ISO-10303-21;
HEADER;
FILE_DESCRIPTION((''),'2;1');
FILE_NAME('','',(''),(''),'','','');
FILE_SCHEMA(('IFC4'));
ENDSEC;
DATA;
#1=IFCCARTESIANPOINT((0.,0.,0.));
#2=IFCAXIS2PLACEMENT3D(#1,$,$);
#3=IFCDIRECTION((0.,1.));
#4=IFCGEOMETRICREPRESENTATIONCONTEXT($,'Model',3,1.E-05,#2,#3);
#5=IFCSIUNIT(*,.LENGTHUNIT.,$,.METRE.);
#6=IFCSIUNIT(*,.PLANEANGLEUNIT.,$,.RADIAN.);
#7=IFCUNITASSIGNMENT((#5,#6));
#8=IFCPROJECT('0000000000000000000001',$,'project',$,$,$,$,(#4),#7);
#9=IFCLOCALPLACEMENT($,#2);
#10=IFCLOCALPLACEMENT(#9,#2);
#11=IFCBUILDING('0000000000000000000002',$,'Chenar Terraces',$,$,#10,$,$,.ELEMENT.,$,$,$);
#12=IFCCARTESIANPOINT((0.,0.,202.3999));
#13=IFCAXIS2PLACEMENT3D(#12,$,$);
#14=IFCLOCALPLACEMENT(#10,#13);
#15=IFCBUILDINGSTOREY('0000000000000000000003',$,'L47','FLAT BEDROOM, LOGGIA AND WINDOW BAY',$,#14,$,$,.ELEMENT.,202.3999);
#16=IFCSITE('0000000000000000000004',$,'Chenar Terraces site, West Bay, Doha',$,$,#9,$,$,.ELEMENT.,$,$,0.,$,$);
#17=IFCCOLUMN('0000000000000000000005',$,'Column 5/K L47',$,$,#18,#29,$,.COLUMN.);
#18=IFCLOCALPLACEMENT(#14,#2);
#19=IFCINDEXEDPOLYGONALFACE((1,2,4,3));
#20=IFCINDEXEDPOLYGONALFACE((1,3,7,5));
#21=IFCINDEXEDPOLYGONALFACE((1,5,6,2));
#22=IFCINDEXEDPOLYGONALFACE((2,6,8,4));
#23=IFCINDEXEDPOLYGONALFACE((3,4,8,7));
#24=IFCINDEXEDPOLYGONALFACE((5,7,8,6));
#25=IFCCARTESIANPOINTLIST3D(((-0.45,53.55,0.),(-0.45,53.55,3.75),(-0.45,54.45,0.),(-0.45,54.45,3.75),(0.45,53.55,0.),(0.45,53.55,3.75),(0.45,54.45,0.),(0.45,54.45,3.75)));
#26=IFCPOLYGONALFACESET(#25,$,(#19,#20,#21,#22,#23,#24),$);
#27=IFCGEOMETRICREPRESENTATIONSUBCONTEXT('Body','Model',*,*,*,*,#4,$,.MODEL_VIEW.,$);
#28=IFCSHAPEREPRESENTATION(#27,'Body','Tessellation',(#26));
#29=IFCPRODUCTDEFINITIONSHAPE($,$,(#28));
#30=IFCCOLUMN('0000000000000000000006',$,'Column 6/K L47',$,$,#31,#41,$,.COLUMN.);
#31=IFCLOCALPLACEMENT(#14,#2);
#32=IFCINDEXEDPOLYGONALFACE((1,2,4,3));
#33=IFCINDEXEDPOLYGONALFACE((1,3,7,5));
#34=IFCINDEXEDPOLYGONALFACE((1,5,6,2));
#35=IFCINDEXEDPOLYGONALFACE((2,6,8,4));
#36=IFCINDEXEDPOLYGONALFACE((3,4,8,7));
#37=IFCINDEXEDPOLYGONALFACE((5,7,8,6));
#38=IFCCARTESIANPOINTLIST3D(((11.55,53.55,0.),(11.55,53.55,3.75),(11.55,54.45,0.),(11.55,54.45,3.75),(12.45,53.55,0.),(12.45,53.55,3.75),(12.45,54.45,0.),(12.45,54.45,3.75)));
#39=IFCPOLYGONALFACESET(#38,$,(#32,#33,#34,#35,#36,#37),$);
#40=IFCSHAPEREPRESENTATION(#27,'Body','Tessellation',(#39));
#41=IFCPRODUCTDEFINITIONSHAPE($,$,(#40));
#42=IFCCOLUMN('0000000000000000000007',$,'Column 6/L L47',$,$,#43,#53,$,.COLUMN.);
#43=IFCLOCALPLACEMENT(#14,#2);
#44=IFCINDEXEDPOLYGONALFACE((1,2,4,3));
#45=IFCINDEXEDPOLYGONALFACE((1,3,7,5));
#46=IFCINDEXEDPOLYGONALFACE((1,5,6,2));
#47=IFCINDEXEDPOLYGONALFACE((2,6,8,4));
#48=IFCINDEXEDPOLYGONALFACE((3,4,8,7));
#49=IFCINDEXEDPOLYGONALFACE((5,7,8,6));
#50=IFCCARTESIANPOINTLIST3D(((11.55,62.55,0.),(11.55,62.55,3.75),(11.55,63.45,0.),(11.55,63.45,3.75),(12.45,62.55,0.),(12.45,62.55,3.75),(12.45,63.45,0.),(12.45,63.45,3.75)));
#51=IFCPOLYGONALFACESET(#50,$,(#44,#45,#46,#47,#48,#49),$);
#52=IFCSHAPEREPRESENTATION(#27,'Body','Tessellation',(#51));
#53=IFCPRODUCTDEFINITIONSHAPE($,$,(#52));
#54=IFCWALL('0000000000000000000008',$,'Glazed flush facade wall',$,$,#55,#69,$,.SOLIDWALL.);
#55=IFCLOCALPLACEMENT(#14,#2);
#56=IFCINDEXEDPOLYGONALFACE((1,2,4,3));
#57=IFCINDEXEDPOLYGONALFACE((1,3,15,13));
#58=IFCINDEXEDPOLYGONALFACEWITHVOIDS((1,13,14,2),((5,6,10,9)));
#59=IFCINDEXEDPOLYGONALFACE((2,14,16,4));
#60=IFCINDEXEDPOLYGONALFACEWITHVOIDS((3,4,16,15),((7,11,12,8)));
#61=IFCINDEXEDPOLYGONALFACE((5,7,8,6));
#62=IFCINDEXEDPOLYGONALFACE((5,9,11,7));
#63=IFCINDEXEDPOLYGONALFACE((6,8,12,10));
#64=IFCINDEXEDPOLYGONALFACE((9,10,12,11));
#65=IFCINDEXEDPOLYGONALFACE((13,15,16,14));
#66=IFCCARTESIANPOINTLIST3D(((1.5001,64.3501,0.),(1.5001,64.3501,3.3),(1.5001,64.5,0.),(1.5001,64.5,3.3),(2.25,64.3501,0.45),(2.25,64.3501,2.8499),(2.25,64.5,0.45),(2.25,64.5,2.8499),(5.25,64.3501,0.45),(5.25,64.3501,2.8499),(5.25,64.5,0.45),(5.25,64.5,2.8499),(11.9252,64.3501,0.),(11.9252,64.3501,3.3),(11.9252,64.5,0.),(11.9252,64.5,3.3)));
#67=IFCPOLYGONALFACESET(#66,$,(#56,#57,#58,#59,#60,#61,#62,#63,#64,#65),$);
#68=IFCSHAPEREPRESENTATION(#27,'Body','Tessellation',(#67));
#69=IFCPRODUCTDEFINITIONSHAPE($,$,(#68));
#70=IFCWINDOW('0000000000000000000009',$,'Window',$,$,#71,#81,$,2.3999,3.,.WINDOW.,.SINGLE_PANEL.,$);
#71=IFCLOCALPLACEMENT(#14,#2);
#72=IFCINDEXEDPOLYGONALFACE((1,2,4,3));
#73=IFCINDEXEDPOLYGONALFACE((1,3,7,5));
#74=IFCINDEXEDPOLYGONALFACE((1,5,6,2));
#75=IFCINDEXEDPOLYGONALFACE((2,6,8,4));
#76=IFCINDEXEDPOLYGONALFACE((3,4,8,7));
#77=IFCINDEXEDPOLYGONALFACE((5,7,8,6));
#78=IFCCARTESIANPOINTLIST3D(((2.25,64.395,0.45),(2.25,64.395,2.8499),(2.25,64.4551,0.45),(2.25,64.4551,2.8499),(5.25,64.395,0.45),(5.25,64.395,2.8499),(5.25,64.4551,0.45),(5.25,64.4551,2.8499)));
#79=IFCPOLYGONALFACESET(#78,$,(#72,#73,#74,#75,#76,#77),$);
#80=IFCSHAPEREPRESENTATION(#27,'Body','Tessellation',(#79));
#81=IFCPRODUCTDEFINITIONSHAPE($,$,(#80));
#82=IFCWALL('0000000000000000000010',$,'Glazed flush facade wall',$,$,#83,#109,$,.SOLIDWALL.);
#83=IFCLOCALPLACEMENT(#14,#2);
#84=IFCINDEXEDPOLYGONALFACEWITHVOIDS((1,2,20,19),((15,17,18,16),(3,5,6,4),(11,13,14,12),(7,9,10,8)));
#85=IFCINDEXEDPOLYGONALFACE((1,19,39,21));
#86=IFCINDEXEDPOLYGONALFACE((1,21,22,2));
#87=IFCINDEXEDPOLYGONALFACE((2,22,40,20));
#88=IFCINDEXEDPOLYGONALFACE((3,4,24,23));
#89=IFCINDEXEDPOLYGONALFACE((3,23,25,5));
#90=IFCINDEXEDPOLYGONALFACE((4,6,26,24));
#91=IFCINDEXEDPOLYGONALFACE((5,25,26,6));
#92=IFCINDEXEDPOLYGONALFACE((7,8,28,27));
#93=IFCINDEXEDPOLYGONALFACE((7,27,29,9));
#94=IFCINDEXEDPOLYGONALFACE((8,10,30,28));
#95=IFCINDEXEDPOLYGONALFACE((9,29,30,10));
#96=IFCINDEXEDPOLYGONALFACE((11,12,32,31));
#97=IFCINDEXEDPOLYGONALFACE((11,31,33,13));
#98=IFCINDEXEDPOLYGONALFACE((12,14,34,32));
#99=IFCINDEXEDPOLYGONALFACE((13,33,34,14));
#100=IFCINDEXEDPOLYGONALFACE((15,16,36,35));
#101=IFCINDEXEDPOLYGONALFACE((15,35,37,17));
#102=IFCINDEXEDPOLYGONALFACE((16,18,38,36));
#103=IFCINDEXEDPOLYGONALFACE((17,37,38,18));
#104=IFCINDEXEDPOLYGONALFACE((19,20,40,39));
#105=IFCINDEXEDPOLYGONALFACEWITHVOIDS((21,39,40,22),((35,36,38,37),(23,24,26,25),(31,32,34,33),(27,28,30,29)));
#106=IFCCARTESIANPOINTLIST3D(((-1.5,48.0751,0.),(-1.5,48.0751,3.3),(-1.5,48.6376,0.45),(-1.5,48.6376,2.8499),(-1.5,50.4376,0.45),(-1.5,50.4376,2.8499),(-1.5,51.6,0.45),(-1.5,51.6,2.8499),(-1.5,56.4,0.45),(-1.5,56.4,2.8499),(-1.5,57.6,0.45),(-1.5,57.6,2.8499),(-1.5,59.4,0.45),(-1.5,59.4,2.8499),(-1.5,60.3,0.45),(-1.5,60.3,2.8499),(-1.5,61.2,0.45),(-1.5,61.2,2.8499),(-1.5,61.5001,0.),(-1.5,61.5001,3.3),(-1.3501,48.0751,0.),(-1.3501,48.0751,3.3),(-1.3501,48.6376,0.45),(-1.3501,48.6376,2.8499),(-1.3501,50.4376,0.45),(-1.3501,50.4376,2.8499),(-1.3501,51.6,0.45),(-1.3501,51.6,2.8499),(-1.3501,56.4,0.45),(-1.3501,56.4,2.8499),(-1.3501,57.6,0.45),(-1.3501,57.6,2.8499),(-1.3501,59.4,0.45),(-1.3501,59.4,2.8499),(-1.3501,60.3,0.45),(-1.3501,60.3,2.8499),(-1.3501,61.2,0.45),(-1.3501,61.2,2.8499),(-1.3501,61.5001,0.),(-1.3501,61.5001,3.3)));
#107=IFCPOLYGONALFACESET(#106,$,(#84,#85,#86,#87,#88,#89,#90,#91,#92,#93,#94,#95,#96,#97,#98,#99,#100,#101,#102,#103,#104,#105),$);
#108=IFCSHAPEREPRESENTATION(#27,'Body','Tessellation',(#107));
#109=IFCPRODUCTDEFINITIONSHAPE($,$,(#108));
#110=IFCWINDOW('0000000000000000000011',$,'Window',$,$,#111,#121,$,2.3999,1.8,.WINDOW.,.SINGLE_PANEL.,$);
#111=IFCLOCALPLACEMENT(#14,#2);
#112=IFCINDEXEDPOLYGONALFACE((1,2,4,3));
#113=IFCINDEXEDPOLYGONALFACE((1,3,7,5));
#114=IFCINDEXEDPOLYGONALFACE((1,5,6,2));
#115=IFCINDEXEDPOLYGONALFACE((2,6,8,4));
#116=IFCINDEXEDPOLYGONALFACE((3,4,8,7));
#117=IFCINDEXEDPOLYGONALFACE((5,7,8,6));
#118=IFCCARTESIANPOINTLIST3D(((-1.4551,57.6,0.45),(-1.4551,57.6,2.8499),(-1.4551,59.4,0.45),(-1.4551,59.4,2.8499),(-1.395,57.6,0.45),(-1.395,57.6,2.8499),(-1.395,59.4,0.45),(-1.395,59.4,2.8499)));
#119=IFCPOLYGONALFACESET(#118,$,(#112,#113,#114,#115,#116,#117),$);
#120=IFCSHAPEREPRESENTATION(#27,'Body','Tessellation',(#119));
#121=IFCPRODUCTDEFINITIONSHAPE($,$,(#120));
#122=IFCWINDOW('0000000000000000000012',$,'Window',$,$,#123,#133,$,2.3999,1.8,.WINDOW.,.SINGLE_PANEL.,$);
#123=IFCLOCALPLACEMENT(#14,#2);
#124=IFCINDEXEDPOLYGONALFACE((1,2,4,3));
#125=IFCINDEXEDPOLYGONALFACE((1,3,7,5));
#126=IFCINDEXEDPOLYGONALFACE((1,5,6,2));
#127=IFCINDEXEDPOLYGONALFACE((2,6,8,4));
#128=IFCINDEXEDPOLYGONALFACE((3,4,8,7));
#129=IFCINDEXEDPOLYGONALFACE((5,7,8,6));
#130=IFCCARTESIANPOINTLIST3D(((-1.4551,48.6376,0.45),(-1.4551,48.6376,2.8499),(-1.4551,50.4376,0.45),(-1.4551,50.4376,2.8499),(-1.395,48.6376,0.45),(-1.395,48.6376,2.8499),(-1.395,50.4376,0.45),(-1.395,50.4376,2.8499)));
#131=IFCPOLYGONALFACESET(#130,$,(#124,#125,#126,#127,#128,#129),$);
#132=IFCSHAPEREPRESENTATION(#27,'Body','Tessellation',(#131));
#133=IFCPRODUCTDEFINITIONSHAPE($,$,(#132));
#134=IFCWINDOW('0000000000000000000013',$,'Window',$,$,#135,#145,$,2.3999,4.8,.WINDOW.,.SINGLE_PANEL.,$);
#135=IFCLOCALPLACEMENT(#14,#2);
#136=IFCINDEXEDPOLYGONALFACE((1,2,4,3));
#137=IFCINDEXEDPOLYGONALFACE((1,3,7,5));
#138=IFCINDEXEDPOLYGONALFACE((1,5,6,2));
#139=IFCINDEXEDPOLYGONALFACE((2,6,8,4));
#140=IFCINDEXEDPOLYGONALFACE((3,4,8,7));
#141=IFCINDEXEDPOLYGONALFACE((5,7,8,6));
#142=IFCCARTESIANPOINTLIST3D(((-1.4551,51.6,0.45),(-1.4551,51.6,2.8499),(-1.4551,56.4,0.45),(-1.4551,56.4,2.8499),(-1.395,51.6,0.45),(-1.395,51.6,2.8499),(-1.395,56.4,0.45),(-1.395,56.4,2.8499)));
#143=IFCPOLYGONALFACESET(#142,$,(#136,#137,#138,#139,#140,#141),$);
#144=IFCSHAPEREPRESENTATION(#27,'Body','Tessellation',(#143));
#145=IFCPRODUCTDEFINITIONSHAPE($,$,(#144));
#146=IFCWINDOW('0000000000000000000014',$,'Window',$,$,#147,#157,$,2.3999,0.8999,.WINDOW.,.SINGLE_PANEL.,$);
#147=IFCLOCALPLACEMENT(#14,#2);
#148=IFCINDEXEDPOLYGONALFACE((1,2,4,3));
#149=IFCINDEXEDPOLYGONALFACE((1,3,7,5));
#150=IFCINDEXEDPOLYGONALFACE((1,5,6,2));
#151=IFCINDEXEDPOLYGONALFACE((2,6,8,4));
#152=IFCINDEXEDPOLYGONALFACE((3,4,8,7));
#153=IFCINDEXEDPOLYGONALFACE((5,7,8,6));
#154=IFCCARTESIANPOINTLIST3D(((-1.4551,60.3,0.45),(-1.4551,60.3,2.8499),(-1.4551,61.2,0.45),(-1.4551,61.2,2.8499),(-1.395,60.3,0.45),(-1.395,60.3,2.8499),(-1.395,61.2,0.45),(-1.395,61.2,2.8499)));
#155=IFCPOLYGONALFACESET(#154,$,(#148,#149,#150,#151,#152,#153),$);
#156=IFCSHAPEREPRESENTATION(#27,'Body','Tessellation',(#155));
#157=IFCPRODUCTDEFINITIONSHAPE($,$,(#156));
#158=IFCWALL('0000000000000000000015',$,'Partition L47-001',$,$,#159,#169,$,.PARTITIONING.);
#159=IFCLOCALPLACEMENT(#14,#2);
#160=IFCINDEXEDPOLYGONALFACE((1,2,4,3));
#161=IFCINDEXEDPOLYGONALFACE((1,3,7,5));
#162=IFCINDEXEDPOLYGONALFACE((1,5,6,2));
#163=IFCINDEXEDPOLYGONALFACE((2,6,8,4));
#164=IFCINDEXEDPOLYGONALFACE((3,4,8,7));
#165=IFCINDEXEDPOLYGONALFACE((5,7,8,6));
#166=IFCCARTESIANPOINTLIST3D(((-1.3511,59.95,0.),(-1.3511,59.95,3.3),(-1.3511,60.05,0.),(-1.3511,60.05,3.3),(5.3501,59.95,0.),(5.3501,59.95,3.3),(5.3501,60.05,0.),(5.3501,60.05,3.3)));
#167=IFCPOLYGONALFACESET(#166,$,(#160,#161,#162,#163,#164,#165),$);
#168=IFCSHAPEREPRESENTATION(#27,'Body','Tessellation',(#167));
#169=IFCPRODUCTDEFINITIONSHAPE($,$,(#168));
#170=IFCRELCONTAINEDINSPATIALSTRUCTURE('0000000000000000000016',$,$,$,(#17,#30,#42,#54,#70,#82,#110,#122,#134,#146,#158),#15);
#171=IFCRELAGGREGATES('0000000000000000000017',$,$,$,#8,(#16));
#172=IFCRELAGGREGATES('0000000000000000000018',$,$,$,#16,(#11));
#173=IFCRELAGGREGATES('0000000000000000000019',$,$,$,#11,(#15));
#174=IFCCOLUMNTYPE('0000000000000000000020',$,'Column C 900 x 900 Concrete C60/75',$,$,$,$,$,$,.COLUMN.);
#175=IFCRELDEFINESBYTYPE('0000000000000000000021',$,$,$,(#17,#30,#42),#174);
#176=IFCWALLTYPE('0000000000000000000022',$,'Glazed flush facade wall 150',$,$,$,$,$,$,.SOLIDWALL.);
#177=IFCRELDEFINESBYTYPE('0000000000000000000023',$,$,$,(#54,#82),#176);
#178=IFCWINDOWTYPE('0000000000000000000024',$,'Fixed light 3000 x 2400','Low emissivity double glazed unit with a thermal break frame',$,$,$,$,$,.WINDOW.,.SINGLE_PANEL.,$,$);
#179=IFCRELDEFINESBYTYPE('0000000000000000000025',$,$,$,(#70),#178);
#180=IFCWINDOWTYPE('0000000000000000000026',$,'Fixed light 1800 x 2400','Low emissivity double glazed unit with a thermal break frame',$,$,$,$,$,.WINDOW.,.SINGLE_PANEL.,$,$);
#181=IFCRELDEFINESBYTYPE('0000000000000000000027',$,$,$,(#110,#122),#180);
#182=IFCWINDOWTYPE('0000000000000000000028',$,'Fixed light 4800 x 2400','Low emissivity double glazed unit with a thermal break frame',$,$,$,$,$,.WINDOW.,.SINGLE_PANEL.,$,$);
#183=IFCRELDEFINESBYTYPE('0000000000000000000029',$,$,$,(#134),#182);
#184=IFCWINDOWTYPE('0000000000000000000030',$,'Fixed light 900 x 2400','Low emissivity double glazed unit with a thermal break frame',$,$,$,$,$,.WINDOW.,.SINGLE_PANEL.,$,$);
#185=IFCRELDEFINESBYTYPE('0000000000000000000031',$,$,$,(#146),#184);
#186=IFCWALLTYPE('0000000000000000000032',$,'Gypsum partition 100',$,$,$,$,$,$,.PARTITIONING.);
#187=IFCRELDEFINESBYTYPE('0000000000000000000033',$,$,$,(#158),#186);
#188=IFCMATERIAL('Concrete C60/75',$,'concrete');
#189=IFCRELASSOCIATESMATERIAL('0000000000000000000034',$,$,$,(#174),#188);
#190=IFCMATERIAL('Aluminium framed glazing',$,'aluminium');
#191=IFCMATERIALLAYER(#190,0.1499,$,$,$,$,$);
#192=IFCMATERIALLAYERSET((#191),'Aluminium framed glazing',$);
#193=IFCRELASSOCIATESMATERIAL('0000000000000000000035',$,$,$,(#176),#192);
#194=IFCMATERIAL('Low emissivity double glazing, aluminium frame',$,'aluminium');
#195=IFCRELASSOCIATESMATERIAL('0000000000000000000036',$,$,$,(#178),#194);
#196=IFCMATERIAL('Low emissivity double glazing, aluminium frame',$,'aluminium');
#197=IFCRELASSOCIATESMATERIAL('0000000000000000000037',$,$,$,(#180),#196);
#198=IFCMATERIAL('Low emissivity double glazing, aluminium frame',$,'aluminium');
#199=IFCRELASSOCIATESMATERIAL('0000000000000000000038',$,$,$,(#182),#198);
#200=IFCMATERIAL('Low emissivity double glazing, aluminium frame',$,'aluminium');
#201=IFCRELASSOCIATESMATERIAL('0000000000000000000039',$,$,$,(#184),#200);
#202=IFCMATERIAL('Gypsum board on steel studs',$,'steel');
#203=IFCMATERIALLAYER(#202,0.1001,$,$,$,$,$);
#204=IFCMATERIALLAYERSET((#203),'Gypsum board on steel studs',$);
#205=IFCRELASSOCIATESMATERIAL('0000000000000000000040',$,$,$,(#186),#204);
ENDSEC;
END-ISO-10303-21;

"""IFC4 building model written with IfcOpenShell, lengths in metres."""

from ifc_helpers import new_model, si_unit, direction, frame, frame_2d, origin, origin_2d, place, context, subcontext, project, spatial, rectangle, extrude, material, layer, layer_set, material_profile, profile_set, type_object, element, fill, save


model = new_model("IFC4")

# Units and contexts
model_context = context("Model", 3, precision=1e-05, world=origin(), true_north=direction((0.0, 1.0)))
body_context = subcontext(model_context, "Body", "Model", "MODEL_VIEW")
ifc_project = project(units=[si_unit("LENGTHUNIT", "METRE"), si_unit("PLANEANGLEUNIT", "RADIAN")], contexts=[model_context])

# Site, building, storey
site_placement = place(None, origin())
site = spatial("IfcSite", under=ifc_project, at=site_placement, Name="Chenar Terraces site, West Bay, Doha", CompositionType="ELEMENT", RefElevation=0.0)
building_placement = place(site_placement, origin())
building = spatial("IfcBuilding", under=site, at=building_placement, Name="Chenar Terraces", CompositionType="ELEMENT")
storey_placement = place(building_placement, frame((0.0, 0.0, 202.3999)))
storey = spatial("IfcBuildingStorey", under=building, at=storey_placement, Name="L47", Description="FLAT BEDROOM, LOGGIA AND WINDOW BAY", CompositionType="ELEMENT", Elevation=202.3999)

# Columns
ifc_material_1 = material(Name="Concrete C60/75", Category="concrete")
ifc_material_profile = material_profile(ifc_material_1, rectangle(XDim=0.8999, YDim=0.8999, at=origin_2d()), Name="C 900 x 900")
ifc_profile_set = profile_set([ifc_material_profile], Name="Concrete C60/75")
column_type = type_object("IfcColumnType", Name="Column C 900 x 900 Concrete C60/75", PredefinedType="COLUMN", material=ifc_profile_set)
for number, where, z_axis, x_axis, name in (
    (1, (0.0, 54.0, 0.0), (0.0, 0.0, 1.0), (1.0, 0.0, 0.0), "Column 5/K L47"),
    (2, (12.0, 54.0, 0.0), (0.0, 0.0, 1.0), (1.0, 0.0, 0.0), "Column 6/K L47"),
    (3, (12.0, 63.0, 0.0), (0.0, 0.0, 1.0), (1.0, 0.0, 0.0), "Column 6/L L47"),
):
    element("IfcColumn", number, at=place(storey_placement, frame(where, z_axis=z_axis, x_axis=x_axis)), inside=storey, type_object=column_type, Name=name, PredefinedType="COLUMN", context=body_context, shape_type="SweptSolid", body=[
        extrude(rectangle(XDim=0.8999, YDim=0.8999, at=origin_2d()), origin(), (0.0, 0.0, 1.0), 3.75),
    ])

# Wall, opening, window
ifc_material_2 = material(Name="Aluminium framed glazing", Category="aluminium")
ifc_layer_1 = layer(ifc_material_2, 0.1499)
ifc_layer_set_1 = layer_set([ifc_layer_1], Name="Aluminium framed glazing")
wall_type_1 = type_object("IfcWallType", Name="Glazed flush facade wall 150", PredefinedType="SOLIDWALL", material=ifc_layer_set_1)
wall_1_placement = place(storey_placement, frame((11.925, 64.425, 0.0), z_axis=(0.0, 0.0, 1.0), x_axis=(-1.0, 0.0, 0.0)))
wall_1 = element("IfcWall", 4, at=wall_1_placement, inside=storey, type_object=wall_type_1, Name="Glazed flush facade wall", PredefinedType="SOLIDWALL", context=body_context, shape_type="SweptSolid", body=[
    extrude(rectangle(XDim=10.425, YDim=0.1499, at=frame_2d((5.2124, 0.0))), origin(), (0.0, 0.0, 1.0), 3.3),
])
opening_1_placement = place(wall_1_placement, frame((6.675, 0.0, 0.45)))
opening_1 = element("IfcOpeningElement", 5, at=opening_1_placement, cuts=wall_1, PredefinedType="OPENING", context=body_context, shape_type="SweptSolid", body=[
    extrude(rectangle(XDim=3.0, YDim=2.3999, at=frame_2d((1.5, 1.2))), frame((0.0, 0.085, 0.0), z_axis=(0.0, -1.0, 0.0), x_axis=(1.0, 0.0, 0.0)), (0.0, 0.0, 1.0), 0.1699),
])
ifc_material_3 = material(Name="Low emissivity double glazing, aluminium frame", Category="aluminium")
window_type_1 = type_object("IfcWindowType", Name="Fixed light 3000 x 2400", Description="Low emissivity double glazed unit with a thermal break frame", PartitioningType="SINGLE_PANEL", PredefinedType="WINDOW", material=ifc_material_3)
window_1_placement = place(opening_1_placement, origin())
window_1 = element("IfcWindow", 6, at=window_1_placement, inside=storey, type_object=window_type_1, Name="Window", OverallHeight=2.3999, OverallWidth=3.0, PartitioningType="SINGLE_PANEL", PredefinedType="WINDOW", context=body_context, shape_type="SweptSolid", body=[
    extrude(rectangle(XDim=3.0, YDim=2.3999, at=frame_2d((1.5, 1.2))), frame((0.0, 0.03, 0.0), z_axis=(0.0, -1.0, 0.0), x_axis=(1.0, 0.0, 0.0)), (0.0, 0.0, 1.0), 0.0601),
])
fill(opening_1, window_1)

# Wall, openings, windows
wall_2_placement = place(storey_placement, frame((-1.425, 61.5, 0.0), z_axis=(0.0, 0.0, 1.0), x_axis=(0.0, -1.0, 0.0)))
wall_2 = element("IfcWall", 7, at=wall_2_placement, inside=storey, type_object=wall_type_1, Name="Glazed flush facade wall", PredefinedType="SOLIDWALL", context=body_context, shape_type="SweptSolid", body=[
    extrude(rectangle(XDim=13.425, YDim=0.1499, at=frame_2d((6.7124, 0.0))), origin(), (0.0, 0.0, 1.0), 3.3),
])
opening_2_placement = place(wall_2_placement, frame((0.3, 0.0, 0.45)))
opening_2 = element("IfcOpeningElement", 8, at=opening_2_placement, cuts=wall_2, PredefinedType="OPENING", context=body_context, shape_type="SweptSolid", body=[
    extrude(rectangle(XDim=0.8999, YDim=2.3999, at=frame_2d((0.45, 1.2))), frame((0.0, 0.085, 0.0), z_axis=(0.0, -1.0, 0.0), x_axis=(1.0, 0.0, 0.0)), (0.0, 0.0, 1.0), 0.1699),
])
opening_3_placement = place(wall_2_placement, frame((2.1001, 0.0, 0.45)))
opening_3 = element("IfcOpeningElement", 9, at=opening_3_placement, cuts=wall_2, PredefinedType="OPENING", context=body_context, shape_type="SweptSolid", body=[
    extrude(rectangle(XDim=1.8, YDim=2.3999, at=frame_2d((0.8999, 1.2))), frame((0.0, 0.085, 0.0), z_axis=(0.0, -1.0, 0.0), x_axis=(1.0, 0.0, 0.0)), (0.0, 0.0, 1.0), 0.1699),
])
opening_4_placement = place(wall_2_placement, frame((5.1001, 0.0, 0.45)))
opening_4 = element("IfcOpeningElement", 10, at=opening_4_placement, cuts=wall_2, PredefinedType="OPENING", context=body_context, shape_type="SweptSolid", body=[
    extrude(rectangle(XDim=4.8, YDim=2.3999, at=frame_2d((2.3999, 1.2))), frame((0.0, 0.085, 0.0), z_axis=(0.0, -1.0, 0.0), x_axis=(1.0, 0.0, 0.0)), (0.0, 0.0, 1.0), 0.1699),
])
opening_5_placement = place(wall_2_placement, frame((11.0625, 0.0, 0.45)))
opening_5 = element("IfcOpeningElement", 11, at=opening_5_placement, cuts=wall_2, PredefinedType="OPENING", context=body_context, shape_type="SweptSolid", body=[
    extrude(rectangle(XDim=1.8, YDim=2.3999, at=frame_2d((0.8999, 1.2))), frame((0.0, 0.085, 0.0), z_axis=(0.0, -1.0, 0.0), x_axis=(1.0, 0.0, 0.0)), (0.0, 0.0, 1.0), 0.1699),
])
ifc_material_4 = material(Name="Low emissivity double glazing, aluminium frame", Category="aluminium")
window_type_2 = type_object("IfcWindowType", Name="Fixed light 1800 x 2400", Description="Low emissivity double glazed unit with a thermal break frame", PartitioningType="SINGLE_PANEL", PredefinedType="WINDOW", material=ifc_material_4)
window_2_placement = place(opening_3_placement, origin())
window_2 = element("IfcWindow", 12, at=window_2_placement, inside=storey, type_object=window_type_2, Name="Window", OverallHeight=2.3999, OverallWidth=1.8, PartitioningType="SINGLE_PANEL", PredefinedType="WINDOW", context=body_context, shape_type="SweptSolid", body=[
    extrude(rectangle(XDim=1.8, YDim=2.3999, at=frame_2d((0.8999, 1.2))), frame((0.0, 0.03, 0.0), z_axis=(0.0, -1.0, 0.0), x_axis=(1.0, 0.0, 0.0)), (0.0, 0.0, 1.0), 0.0601),
])
fill(opening_3, window_2)
window_3_placement = place(opening_5_placement, origin())
window_3 = element("IfcWindow", 13, at=window_3_placement, inside=storey, type_object=window_type_2, Name="Window", OverallHeight=2.3999, OverallWidth=1.8, PartitioningType="SINGLE_PANEL", PredefinedType="WINDOW", context=body_context, shape_type="SweptSolid", body=[
    extrude(rectangle(XDim=1.8, YDim=2.3999, at=frame_2d((0.8999, 1.2))), frame((0.0, 0.03, 0.0), z_axis=(0.0, -1.0, 0.0), x_axis=(1.0, 0.0, 0.0)), (0.0, 0.0, 1.0), 0.0601),
])
fill(opening_5, window_3)
ifc_material_5 = material(Name="Low emissivity double glazing, aluminium frame", Category="aluminium")
window_type_3 = type_object("IfcWindowType", Name="Fixed light 4800 x 2400", Description="Low emissivity double glazed unit with a thermal break frame", PartitioningType="SINGLE_PANEL", PredefinedType="WINDOW", material=ifc_material_5)
window_4_placement = place(opening_4_placement, origin())
window_4 = element("IfcWindow", 14, at=window_4_placement, inside=storey, type_object=window_type_3, Name="Window", OverallHeight=2.3999, OverallWidth=4.8, PartitioningType="SINGLE_PANEL", PredefinedType="WINDOW", context=body_context, shape_type="SweptSolid", body=[
    extrude(rectangle(XDim=4.8, YDim=2.3999, at=frame_2d((2.3999, 1.2))), frame((0.0, 0.03, 0.0), z_axis=(0.0, -1.0, 0.0), x_axis=(1.0, 0.0, 0.0)), (0.0, 0.0, 1.0), 0.0601),
])
fill(opening_4, window_4)
ifc_material_6 = material(Name="Low emissivity double glazing, aluminium frame", Category="aluminium")
window_type_4 = type_object("IfcWindowType", Name="Fixed light 900 x 2400", Description="Low emissivity double glazed unit with a thermal break frame", PartitioningType="SINGLE_PANEL", PredefinedType="WINDOW", material=ifc_material_6)
window_5_placement = place(opening_2_placement, origin())
window_5 = element("IfcWindow", 15, at=window_5_placement, inside=storey, type_object=window_type_4, Name="Window", OverallHeight=2.3999, OverallWidth=0.8999, PartitioningType="SINGLE_PANEL", PredefinedType="WINDOW", context=body_context, shape_type="SweptSolid", body=[
    extrude(rectangle(XDim=0.8999, YDim=2.3999, at=frame_2d((0.45, 1.2))), frame((0.0, 0.03, 0.0), z_axis=(0.0, -1.0, 0.0), x_axis=(1.0, 0.0, 0.0)), (0.0, 0.0, 1.0), 0.0601),
])
fill(opening_2, window_5)

# Wall
ifc_material_7 = material(Name="Gypsum board on steel studs", Category="steel")
ifc_layer_2 = layer(ifc_material_7, 0.1001)
ifc_layer_set_2 = layer_set([ifc_layer_2], Name="Gypsum board on steel studs")
wall_type_2 = type_object("IfcWallType", Name="Gypsum partition 100", PredefinedType="PARTITIONING", material=ifc_layer_set_2)
wall_3_placement = place(storey_placement, frame((-1.3511, 60.0, 0.0), z_axis=(0.0, 0.0, 1.0), x_axis=(1.0, 0.0, 0.0)))
element("IfcWall", 16, at=wall_3_placement, inside=storey, type_object=wall_type_2, Name="Partition L47-001", PredefinedType="PARTITIONING", context=body_context, shape_type="SweptSolid", body=[
    extrude(rectangle(XDim=6.7012, YDim=0.1001, at=frame_2d((3.3506, 0.0))), origin(), (0.0, 0.0, 1.0), 3.3),
])

save(model, "model.ifc")
